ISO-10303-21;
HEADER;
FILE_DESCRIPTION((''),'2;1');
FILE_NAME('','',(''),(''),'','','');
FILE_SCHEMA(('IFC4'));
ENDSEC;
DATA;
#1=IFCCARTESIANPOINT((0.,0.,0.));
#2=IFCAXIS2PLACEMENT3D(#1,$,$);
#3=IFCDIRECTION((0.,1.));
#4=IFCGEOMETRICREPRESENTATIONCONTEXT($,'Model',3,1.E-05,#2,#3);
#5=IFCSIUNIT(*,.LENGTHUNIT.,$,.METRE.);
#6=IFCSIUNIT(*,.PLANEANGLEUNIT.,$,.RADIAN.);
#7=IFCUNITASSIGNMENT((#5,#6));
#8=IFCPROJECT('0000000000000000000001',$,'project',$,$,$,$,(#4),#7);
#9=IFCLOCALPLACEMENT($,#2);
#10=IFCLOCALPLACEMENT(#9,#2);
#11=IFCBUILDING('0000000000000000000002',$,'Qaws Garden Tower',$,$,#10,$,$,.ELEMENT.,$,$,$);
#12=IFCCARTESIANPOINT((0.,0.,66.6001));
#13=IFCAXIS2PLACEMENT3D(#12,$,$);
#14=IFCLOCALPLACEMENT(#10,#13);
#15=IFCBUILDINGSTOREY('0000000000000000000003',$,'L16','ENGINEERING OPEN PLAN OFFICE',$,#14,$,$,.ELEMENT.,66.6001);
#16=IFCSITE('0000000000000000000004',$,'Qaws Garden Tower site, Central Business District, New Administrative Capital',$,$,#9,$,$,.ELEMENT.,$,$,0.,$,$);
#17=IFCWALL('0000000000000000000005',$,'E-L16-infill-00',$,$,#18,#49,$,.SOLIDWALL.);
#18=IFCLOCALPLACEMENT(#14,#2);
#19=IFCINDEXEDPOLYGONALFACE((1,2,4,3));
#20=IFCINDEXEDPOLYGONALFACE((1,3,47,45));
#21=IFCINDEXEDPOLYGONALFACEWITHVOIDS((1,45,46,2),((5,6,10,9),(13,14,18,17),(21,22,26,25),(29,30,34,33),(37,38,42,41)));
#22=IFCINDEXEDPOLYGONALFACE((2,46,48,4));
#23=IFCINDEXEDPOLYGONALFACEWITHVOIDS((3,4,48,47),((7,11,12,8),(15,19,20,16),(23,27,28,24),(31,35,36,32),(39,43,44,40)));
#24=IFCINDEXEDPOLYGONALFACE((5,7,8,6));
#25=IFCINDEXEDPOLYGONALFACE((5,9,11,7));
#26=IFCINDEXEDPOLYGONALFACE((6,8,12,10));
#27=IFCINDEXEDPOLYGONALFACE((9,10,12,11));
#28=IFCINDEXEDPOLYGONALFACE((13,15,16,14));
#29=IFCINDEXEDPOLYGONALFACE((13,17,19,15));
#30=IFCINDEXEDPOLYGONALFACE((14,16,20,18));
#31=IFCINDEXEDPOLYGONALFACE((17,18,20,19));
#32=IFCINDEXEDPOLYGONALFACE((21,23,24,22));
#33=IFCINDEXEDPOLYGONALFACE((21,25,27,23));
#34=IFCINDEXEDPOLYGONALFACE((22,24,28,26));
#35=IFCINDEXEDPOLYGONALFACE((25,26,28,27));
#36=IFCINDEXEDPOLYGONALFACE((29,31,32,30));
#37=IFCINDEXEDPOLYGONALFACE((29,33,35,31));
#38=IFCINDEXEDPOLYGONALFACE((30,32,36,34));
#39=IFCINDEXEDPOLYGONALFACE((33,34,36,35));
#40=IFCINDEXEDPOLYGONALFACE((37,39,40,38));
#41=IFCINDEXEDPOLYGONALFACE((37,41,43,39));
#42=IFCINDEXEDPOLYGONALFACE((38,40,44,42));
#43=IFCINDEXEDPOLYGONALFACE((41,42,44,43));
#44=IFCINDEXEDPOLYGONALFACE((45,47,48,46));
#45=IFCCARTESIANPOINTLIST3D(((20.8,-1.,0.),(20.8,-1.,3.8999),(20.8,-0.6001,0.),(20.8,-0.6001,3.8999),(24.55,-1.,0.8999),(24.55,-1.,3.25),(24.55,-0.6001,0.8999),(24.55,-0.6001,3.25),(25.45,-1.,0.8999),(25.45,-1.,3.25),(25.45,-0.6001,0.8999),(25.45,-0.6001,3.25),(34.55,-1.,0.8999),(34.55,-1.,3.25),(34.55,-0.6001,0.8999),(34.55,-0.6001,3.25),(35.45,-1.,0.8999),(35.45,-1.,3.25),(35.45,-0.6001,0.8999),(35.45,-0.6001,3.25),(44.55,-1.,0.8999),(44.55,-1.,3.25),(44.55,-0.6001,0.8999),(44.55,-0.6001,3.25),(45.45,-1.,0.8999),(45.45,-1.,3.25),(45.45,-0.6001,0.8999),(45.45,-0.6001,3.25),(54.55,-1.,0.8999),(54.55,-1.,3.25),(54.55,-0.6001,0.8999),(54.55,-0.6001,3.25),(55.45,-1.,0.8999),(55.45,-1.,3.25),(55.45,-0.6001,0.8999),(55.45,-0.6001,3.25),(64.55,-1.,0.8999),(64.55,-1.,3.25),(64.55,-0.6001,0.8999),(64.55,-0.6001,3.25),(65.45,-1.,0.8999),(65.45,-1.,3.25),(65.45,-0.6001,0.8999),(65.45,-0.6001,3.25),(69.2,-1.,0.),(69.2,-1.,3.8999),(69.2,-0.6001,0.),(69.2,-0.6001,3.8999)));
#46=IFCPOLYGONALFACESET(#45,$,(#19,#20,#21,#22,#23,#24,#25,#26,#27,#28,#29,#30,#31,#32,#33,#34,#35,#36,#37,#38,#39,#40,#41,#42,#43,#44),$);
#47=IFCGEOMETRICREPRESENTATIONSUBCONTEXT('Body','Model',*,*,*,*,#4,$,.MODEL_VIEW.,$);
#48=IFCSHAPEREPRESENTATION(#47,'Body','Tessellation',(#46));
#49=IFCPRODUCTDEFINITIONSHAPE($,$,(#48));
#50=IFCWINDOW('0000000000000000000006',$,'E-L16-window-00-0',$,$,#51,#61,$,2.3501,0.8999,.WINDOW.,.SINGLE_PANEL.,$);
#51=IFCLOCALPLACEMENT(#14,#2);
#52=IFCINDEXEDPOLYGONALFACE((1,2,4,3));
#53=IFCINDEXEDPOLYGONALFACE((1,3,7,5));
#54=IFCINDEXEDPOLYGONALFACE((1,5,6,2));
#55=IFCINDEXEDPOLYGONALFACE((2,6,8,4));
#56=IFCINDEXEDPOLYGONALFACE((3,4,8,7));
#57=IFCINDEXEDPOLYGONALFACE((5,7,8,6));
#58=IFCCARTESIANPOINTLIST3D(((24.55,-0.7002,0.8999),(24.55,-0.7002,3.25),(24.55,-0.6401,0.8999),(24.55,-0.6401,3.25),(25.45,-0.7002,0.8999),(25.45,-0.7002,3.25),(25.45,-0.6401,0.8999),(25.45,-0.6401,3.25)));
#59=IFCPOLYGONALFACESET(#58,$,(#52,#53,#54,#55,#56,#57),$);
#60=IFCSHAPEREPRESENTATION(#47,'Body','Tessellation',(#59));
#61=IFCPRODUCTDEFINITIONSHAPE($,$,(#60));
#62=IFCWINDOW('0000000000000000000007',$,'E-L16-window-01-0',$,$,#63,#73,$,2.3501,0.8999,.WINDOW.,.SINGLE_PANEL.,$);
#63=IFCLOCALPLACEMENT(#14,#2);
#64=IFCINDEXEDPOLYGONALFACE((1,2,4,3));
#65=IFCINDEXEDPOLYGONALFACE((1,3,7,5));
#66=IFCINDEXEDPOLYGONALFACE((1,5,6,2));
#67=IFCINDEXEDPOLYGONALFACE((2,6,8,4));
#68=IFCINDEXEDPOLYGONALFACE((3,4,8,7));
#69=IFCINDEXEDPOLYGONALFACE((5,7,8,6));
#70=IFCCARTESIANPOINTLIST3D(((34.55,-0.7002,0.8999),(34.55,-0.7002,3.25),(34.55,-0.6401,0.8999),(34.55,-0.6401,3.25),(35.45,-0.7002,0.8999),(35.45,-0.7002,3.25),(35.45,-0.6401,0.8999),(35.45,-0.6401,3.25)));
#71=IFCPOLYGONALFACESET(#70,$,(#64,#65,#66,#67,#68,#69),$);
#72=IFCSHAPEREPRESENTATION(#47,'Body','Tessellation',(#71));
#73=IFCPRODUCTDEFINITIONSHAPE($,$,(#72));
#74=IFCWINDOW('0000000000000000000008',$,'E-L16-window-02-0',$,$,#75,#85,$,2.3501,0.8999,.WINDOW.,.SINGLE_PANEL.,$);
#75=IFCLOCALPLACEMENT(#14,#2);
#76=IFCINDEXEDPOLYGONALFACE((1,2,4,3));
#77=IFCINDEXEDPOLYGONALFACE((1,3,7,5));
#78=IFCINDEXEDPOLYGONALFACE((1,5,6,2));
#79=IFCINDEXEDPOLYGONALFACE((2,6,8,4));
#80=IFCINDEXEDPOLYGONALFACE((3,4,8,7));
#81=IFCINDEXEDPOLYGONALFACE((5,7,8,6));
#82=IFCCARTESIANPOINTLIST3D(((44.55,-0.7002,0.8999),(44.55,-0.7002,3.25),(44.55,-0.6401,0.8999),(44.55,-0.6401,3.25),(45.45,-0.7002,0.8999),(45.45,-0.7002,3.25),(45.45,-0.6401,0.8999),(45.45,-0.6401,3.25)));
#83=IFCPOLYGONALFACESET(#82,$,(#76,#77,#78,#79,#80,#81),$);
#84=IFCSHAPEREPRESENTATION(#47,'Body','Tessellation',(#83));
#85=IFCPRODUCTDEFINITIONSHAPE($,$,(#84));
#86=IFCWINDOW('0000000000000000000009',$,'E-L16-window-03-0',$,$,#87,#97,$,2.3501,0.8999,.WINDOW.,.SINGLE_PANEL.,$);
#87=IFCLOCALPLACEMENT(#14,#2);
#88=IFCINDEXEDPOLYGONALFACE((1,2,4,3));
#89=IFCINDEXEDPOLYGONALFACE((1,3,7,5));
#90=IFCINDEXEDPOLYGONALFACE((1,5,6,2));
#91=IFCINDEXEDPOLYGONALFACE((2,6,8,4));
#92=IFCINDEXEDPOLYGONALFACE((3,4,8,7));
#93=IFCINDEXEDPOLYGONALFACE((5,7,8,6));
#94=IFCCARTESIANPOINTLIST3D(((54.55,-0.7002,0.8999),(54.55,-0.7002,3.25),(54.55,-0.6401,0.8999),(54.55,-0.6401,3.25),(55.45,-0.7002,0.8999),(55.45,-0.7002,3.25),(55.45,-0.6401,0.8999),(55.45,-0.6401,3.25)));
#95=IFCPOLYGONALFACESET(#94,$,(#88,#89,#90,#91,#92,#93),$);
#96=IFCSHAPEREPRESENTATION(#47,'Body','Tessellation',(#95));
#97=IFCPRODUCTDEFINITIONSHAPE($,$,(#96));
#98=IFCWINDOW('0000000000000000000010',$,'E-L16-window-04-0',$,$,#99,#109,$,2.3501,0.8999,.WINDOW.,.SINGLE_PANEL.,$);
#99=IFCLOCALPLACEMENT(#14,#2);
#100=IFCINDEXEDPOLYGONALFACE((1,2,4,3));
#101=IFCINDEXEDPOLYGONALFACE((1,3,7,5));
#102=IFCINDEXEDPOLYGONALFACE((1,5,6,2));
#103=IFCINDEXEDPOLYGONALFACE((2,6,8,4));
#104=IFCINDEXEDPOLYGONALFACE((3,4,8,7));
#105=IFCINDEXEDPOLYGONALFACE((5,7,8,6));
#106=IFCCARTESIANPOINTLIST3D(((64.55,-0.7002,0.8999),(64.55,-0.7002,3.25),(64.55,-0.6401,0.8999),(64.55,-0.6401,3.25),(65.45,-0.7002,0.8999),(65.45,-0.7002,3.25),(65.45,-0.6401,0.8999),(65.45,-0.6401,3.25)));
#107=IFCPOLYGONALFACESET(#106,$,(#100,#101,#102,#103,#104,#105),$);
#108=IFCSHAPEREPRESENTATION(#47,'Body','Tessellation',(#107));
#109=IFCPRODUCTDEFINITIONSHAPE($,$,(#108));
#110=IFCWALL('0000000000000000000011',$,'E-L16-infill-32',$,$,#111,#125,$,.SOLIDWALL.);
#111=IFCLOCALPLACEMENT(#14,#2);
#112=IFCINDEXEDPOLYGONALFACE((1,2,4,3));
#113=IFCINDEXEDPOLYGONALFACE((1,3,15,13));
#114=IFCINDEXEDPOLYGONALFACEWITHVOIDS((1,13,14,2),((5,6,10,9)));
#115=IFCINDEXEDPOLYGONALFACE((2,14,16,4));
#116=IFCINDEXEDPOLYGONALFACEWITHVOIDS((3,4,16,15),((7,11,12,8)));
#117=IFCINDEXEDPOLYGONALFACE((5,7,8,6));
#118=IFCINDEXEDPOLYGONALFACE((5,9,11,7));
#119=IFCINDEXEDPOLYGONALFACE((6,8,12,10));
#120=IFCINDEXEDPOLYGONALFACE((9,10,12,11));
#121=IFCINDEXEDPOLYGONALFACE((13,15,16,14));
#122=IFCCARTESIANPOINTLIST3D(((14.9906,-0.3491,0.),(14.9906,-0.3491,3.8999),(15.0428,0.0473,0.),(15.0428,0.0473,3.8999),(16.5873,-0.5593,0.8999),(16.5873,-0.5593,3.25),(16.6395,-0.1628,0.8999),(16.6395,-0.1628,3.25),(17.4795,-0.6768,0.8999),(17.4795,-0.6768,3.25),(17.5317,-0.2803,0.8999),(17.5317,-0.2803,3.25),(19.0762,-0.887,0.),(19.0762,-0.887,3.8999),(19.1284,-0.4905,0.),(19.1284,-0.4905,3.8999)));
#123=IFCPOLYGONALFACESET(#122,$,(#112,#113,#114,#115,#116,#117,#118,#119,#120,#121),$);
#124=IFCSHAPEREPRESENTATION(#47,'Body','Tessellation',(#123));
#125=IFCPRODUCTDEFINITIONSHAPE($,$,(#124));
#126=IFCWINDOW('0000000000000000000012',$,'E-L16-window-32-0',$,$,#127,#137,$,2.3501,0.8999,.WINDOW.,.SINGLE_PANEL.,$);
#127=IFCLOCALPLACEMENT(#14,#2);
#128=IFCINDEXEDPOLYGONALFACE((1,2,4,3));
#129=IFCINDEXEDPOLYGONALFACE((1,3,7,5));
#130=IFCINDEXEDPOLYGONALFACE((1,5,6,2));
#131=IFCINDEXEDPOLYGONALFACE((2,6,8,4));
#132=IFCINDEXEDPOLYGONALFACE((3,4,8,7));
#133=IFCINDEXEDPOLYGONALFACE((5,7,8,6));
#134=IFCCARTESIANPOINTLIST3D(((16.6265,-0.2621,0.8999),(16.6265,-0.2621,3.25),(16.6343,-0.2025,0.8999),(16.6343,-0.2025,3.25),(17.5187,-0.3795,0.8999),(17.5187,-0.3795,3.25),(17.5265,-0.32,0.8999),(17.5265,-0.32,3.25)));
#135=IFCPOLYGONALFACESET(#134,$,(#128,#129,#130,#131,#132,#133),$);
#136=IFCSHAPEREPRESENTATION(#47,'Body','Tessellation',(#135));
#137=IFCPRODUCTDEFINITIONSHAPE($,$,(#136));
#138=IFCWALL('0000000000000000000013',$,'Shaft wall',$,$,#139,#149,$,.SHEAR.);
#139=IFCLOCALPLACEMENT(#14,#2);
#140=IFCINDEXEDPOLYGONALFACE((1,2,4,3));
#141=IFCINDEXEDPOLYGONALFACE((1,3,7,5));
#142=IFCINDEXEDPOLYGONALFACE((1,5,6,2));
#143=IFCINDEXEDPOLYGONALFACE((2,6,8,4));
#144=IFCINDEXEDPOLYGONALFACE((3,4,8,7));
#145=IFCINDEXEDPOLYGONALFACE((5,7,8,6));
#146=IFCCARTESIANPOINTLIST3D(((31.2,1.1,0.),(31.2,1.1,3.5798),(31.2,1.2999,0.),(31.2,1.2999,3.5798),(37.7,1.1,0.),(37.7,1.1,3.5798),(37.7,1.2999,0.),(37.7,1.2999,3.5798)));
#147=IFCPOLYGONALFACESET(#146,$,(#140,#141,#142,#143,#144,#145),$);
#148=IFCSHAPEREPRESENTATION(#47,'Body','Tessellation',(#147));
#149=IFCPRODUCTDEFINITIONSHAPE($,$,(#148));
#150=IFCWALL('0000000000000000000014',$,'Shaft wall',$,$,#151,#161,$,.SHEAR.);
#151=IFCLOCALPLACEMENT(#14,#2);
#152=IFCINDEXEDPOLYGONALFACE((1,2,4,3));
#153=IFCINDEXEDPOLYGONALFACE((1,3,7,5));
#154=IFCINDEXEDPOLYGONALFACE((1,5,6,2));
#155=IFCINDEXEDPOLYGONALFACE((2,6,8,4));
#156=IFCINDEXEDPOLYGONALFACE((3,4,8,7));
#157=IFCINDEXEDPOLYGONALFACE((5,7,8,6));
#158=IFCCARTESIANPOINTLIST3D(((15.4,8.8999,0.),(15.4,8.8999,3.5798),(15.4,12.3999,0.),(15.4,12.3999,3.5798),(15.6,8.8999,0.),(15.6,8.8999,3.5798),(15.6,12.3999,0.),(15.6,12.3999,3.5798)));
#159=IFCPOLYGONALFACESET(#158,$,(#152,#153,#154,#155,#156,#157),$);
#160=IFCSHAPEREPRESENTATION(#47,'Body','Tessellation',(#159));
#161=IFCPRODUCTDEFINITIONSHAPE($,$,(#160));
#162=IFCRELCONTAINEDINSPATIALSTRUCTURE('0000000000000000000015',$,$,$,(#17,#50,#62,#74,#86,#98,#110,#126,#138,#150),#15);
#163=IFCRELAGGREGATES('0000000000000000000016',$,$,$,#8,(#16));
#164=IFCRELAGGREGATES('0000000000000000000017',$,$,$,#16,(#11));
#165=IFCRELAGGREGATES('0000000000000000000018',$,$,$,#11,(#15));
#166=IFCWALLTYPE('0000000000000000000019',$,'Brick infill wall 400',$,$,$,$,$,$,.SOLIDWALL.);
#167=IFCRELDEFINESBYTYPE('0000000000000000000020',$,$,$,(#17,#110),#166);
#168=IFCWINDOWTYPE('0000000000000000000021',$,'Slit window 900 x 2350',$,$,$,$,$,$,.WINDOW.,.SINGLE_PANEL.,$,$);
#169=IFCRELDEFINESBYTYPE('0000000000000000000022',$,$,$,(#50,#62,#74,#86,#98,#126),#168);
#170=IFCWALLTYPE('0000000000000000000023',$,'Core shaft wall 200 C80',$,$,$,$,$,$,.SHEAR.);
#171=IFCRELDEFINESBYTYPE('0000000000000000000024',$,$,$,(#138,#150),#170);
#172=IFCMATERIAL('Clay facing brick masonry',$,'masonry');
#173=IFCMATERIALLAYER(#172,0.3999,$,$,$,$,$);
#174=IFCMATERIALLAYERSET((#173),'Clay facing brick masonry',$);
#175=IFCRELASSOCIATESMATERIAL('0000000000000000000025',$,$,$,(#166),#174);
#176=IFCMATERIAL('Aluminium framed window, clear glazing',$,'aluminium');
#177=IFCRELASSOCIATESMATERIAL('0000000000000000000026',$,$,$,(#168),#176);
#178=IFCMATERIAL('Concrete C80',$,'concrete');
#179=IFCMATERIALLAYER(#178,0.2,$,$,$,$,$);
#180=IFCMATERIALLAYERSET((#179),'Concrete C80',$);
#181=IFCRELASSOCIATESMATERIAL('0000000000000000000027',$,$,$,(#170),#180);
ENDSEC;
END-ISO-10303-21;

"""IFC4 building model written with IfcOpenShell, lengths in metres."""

from ifc_helpers import new_model, si_unit, direction, frame, frame_2d, origin, place, context, subcontext, project, spatial, rectangle, extrude, material, layer, layer_set, type_object, element, fill, save


model = new_model("IFC4")

# Units and contexts
model_context = context("Model", 3, precision=1e-05, world=origin(), true_north=direction((0.0, 1.0)))
body_context = subcontext(model_context, "Body", "Model", "MODEL_VIEW")
ifc_project = project(units=[si_unit("LENGTHUNIT", "METRE"), si_unit("PLANEANGLEUNIT", "RADIAN")], contexts=[model_context])

# Site, building, storey
site_placement = place(None, origin())
site = spatial("IfcSite", under=ifc_project, at=site_placement, Name="Qaws Garden Tower site, Central Business District, New Administrative Capital", CompositionType="ELEMENT", RefElevation=0.0)
building_placement = place(site_placement, origin())
building = spatial("IfcBuilding", under=site, at=building_placement, Name="Qaws Garden Tower", CompositionType="ELEMENT")
storey_placement = place(building_placement, frame((0.0, 0.0, 66.6001)))
storey = spatial("IfcBuildingStorey", under=building, at=storey_placement, Name="L16", Description="ENGINEERING OPEN PLAN OFFICE", CompositionType="ELEMENT", Elevation=66.6001)

# Wall, openings, windows
ifc_material_1 = material(Name="Clay facing brick masonry", Category="masonry")
ifc_layer_1 = layer(ifc_material_1, 0.3999)
ifc_layer_set_1 = layer_set([ifc_layer_1], Name="Clay facing brick masonry")
wall_type_1 = type_object("IfcWallType", Name="Brick infill wall 400", PredefinedType="SOLIDWALL", material=ifc_layer_set_1)
wall_1_placement = place(storey_placement, frame((20.8, -0.8, 0.0), z_axis=(0.0, 0.0, 1.0), x_axis=(1.0, 0.0, 0.0)))
wall_1 = element("IfcWall", 1, at=wall_1_placement, inside=storey, type_object=wall_type_1, Name="E-L16-infill-00", PredefinedType="SOLIDWALL", context=body_context, shape_type="SweptSolid", body=[
    extrude(rectangle(XDim=48.3999, YDim=0.3999, at=frame_2d((24.2, 0.0))), origin(), (0.0, 0.0, 1.0), 3.8999),
])
opening_1_placement = place(wall_1_placement, frame((3.75, 0.0, 0.8999)))
opening_1 = element("IfcOpeningElement", 2, at=opening_1_placement, cuts=wall_1, PredefinedType="OPENING", context=body_context, shape_type="SweptSolid", body=[
    extrude(rectangle(XDim=0.8999, YDim=2.3501, at=frame_2d((0.45, 1.175))), frame((0.0, 0.21, 0.0), z_axis=(0.0, -1.0, 0.0), x_axis=(1.0, 0.0, 0.0)), (0.0, 0.0, 1.0), 0.4199),
])
opening_2_placement = place(wall_1_placement, frame((13.75, 0.0, 0.8999)))
opening_2 = element("IfcOpeningElement", 3, at=opening_2_placement, cuts=wall_1, PredefinedType="OPENING", context=body_context, shape_type="SweptSolid", body=[
    extrude(rectangle(XDim=0.8999, YDim=2.3501, at=frame_2d((0.45, 1.175))), frame((0.0, 0.21, 0.0), z_axis=(0.0, -1.0, 0.0), x_axis=(1.0, 0.0, 0.0)), (0.0, 0.0, 1.0), 0.4199),
])
opening_3_placement = place(wall_1_placement, frame((23.75, 0.0, 0.8999)))
opening_3 = element("IfcOpeningElement", 4, at=opening_3_placement, cuts=wall_1, PredefinedType="OPENING", context=body_context, shape_type="SweptSolid", body=[
    extrude(rectangle(XDim=0.8999, YDim=2.3501, at=frame_2d((0.45, 1.175))), frame((0.0, 0.21, 0.0), z_axis=(0.0, -1.0, 0.0), x_axis=(1.0, 0.0, 0.0)), (0.0, 0.0, 1.0), 0.4199),
])
opening_4_placement = place(wall_1_placement, frame((33.75, 0.0, 0.8999)))
opening_4 = element("IfcOpeningElement", 5, at=opening_4_placement, cuts=wall_1, PredefinedType="OPENING", context=body_context, shape_type="SweptSolid", body=[
    extrude(rectangle(XDim=0.8999, YDim=2.3501, at=frame_2d((0.45, 1.175))), frame((0.0, 0.21, 0.0), z_axis=(0.0, -1.0, 0.0), x_axis=(1.0, 0.0, 0.0)), (0.0, 0.0, 1.0), 0.4199),
])
opening_5_placement = place(wall_1_placement, frame((43.75, 0.0, 0.8999)))
opening_5 = element("IfcOpeningElement", 6, at=opening_5_placement, cuts=wall_1, PredefinedType="OPENING", context=body_context, shape_type="SweptSolid", body=[
    extrude(rectangle(XDim=0.8999, YDim=2.3501, at=frame_2d((0.45, 1.175))), frame((0.0, 0.21, 0.0), z_axis=(0.0, -1.0, 0.0), x_axis=(1.0, 0.0, 0.0)), (0.0, 0.0, 1.0), 0.4199),
])
ifc_material_2 = material(Name="Aluminium framed window, clear glazing", Category="aluminium")
window_type = type_object("IfcWindowType", Name="Slit window 900 x 2350", PartitioningType="SINGLE_PANEL", PredefinedType="WINDOW", material=ifc_material_2)
window_1_placement = place(opening_1_placement, origin())
window_1 = element("IfcWindow", 7, at=window_1_placement, inside=storey, type_object=window_type, Name="E-L16-window-00-0", OverallHeight=2.3501, OverallWidth=0.8999, PartitioningType="SINGLE_PANEL", PredefinedType="WINDOW", context=body_context, shape_type="SweptSolid", body=[
    extrude(rectangle(XDim=0.8999, YDim=2.3501, at=frame_2d((0.45, 1.175))), frame((0.0, 0.1599, 0.0), z_axis=(0.0, -1.0, 0.0), x_axis=(1.0, 0.0, 0.0)), (0.0, 0.0, 1.0), 0.0601),
])
fill(opening_1, window_1)
window_2_placement = place(opening_2_placement, origin())
window_2 = element("IfcWindow", 8, at=window_2_placement, inside=storey, type_object=window_type, Name="E-L16-window-01-0", OverallHeight=2.3501, OverallWidth=0.8999, PartitioningType="SINGLE_PANEL", PredefinedType="WINDOW", context=body_context, shape_type="SweptSolid", body=[
    extrude(rectangle(XDim=0.8999, YDim=2.3501, at=frame_2d((0.45, 1.175))), frame((0.0, 0.1599, 0.0), z_axis=(0.0, -1.0, 0.0), x_axis=(1.0, 0.0, 0.0)), (0.0, 0.0, 1.0), 0.0601),
])
fill(opening_2, window_2)
window_3_placement = place(opening_3_placement, origin())
window_3 = element("IfcWindow", 9, at=window_3_placement, inside=storey, type_object=window_type, Name="E-L16-window-02-0", OverallHeight=2.3501, OverallWidth=0.8999, PartitioningType="SINGLE_PANEL", PredefinedType="WINDOW", context=body_context, shape_type="SweptSolid", body=[
    extrude(rectangle(XDim=0.8999, YDim=2.3501, at=frame_2d((0.45, 1.175))), frame((0.0, 0.1599, 0.0), z_axis=(0.0, -1.0, 0.0), x_axis=(1.0, 0.0, 0.0)), (0.0, 0.0, 1.0), 0.0601),
])
fill(opening_3, window_3)
window_4_placement = place(opening_4_placement, origin())
window_4 = element("IfcWindow", 10, at=window_4_placement, inside=storey, type_object=window_type, Name="E-L16-window-03-0", OverallHeight=2.3501, OverallWidth=0.8999, PartitioningType="SINGLE_PANEL", PredefinedType="WINDOW", context=body_context, shape_type="SweptSolid", body=[
    extrude(rectangle(XDim=0.8999, YDim=2.3501, at=frame_2d((0.45, 1.175))), frame((0.0, 0.1599, 0.0), z_axis=(0.0, -1.0, 0.0), x_axis=(1.0, 0.0, 0.0)), (0.0, 0.0, 1.0), 0.0601),
])
fill(opening_4, window_4)
window_5_placement = place(opening_5_placement, origin())
window_5 = element("IfcWindow", 11, at=window_5_placement, inside=storey, type_object=window_type, Name="E-L16-window-04-0", OverallHeight=2.3501, OverallWidth=0.8999, PartitioningType="SINGLE_PANEL", PredefinedType="WINDOW", context=body_context, shape_type="SweptSolid", body=[
    extrude(rectangle(XDim=0.8999, YDim=2.3501, at=frame_2d((0.45, 1.175))), frame((0.0, 0.1599, 0.0), z_axis=(0.0, -1.0, 0.0), x_axis=(1.0, 0.0, 0.0)), (0.0, 0.0, 1.0), 0.0601),
])
fill(opening_5, window_5)

# Wall, opening, window
wall_2_placement = place(storey_placement, frame((15.0166, -0.1509, 0.0), z_axis=(0.0, 0.0, 1.0), x_axis=(0.991446, -0.130514, 0.0)))
wall_2 = element("IfcWall", 12, at=wall_2_placement, inside=storey, type_object=wall_type_1, Name="E-L16-infill-32", PredefinedType="SOLIDWALL", context=body_context, shape_type="SweptSolid", body=[
    extrude(rectangle(XDim=4.1208, YDim=0.3999, at=frame_2d((2.0605, 0.0))), origin(), (0.0, 0.0, 1.0), 3.8999),
])
opening_6_placement = place(wall_2_placement, frame((1.6106, 0.0, 0.8999)))
opening_6 = element("IfcOpeningElement", 13, at=opening_6_placement, cuts=wall_2, PredefinedType="OPENING", context=body_context, shape_type="SweptSolid", body=[
    extrude(rectangle(XDim=0.8999, YDim=2.3501, at=frame_2d((0.45, 1.175))), frame((0.0, 0.21, 0.0), z_axis=(0.0, -1.0, 0.0), x_axis=(1.0, 0.0, 0.0)), (0.0, 0.0, 1.0), 0.4199),
])
window_6_placement = place(opening_6_placement, origin())
window_6 = element("IfcWindow", 14, at=window_6_placement, inside=storey, type_object=window_type, Name="E-L16-window-32-0", OverallHeight=2.3501, OverallWidth=0.8999, PartitioningType="SINGLE_PANEL", PredefinedType="WINDOW", context=body_context, shape_type="SweptSolid", body=[
    extrude(rectangle(XDim=0.8999, YDim=2.3501, at=frame_2d((0.45, 1.175))), frame((0.0, 0.1599, 0.0), z_axis=(0.0, -1.0, 0.0), x_axis=(1.0, 0.0, 0.0)), (0.0, 0.0, 1.0), 0.0601),
])
fill(opening_6, window_6)

# Walls
ifc_material_3 = material(Name="Concrete C80", Category="concrete")
ifc_layer_2 = layer(ifc_material_3, 0.2)
ifc_layer_set_2 = layer_set([ifc_layer_2], Name="Concrete C80")
wall_type_2 = type_object("IfcWallType", Name="Core shaft wall 200 C80", PredefinedType="SHEAR", material=ifc_layer_set_2)
wall_3_placement = place(storey_placement, frame((31.2, 1.2, 0.0), z_axis=(0.0, 0.0, 1.0), x_axis=(1.0, 0.0, 0.0)))
element("IfcWall", 15, at=wall_3_placement, inside=storey, type_object=wall_type_2, Name="Shaft wall", PredefinedType="SHEAR", context=body_context, shape_type="SweptSolid", body=[
    extrude(rectangle(XDim=6.5, YDim=0.2, at=frame_2d((3.25, 0.0))), origin(), (0.0, 0.0, 1.0), 3.5798),
])
for number, where, z_axis, x_axis, name in (
    (16, (15.5, 8.8999, 0.0), (0.0, 0.0, 1.0), (0.0, 1.0, 0.0), "Shaft wall"),
):
    element("IfcWall", number, at=place(storey_placement, frame(where, z_axis=z_axis, x_axis=x_axis)), inside=storey, type_object=wall_type_2, Name=name, PredefinedType="SHEAR", context=body_context, shape_type="SweptSolid", body=[
        extrude(rectangle(XDim=3.5, YDim=0.2, at=frame_2d((1.75, 0.0))), origin(), (0.0, 0.0, 1.0), 3.5798),
    ])

save(model, "model.ifc")
